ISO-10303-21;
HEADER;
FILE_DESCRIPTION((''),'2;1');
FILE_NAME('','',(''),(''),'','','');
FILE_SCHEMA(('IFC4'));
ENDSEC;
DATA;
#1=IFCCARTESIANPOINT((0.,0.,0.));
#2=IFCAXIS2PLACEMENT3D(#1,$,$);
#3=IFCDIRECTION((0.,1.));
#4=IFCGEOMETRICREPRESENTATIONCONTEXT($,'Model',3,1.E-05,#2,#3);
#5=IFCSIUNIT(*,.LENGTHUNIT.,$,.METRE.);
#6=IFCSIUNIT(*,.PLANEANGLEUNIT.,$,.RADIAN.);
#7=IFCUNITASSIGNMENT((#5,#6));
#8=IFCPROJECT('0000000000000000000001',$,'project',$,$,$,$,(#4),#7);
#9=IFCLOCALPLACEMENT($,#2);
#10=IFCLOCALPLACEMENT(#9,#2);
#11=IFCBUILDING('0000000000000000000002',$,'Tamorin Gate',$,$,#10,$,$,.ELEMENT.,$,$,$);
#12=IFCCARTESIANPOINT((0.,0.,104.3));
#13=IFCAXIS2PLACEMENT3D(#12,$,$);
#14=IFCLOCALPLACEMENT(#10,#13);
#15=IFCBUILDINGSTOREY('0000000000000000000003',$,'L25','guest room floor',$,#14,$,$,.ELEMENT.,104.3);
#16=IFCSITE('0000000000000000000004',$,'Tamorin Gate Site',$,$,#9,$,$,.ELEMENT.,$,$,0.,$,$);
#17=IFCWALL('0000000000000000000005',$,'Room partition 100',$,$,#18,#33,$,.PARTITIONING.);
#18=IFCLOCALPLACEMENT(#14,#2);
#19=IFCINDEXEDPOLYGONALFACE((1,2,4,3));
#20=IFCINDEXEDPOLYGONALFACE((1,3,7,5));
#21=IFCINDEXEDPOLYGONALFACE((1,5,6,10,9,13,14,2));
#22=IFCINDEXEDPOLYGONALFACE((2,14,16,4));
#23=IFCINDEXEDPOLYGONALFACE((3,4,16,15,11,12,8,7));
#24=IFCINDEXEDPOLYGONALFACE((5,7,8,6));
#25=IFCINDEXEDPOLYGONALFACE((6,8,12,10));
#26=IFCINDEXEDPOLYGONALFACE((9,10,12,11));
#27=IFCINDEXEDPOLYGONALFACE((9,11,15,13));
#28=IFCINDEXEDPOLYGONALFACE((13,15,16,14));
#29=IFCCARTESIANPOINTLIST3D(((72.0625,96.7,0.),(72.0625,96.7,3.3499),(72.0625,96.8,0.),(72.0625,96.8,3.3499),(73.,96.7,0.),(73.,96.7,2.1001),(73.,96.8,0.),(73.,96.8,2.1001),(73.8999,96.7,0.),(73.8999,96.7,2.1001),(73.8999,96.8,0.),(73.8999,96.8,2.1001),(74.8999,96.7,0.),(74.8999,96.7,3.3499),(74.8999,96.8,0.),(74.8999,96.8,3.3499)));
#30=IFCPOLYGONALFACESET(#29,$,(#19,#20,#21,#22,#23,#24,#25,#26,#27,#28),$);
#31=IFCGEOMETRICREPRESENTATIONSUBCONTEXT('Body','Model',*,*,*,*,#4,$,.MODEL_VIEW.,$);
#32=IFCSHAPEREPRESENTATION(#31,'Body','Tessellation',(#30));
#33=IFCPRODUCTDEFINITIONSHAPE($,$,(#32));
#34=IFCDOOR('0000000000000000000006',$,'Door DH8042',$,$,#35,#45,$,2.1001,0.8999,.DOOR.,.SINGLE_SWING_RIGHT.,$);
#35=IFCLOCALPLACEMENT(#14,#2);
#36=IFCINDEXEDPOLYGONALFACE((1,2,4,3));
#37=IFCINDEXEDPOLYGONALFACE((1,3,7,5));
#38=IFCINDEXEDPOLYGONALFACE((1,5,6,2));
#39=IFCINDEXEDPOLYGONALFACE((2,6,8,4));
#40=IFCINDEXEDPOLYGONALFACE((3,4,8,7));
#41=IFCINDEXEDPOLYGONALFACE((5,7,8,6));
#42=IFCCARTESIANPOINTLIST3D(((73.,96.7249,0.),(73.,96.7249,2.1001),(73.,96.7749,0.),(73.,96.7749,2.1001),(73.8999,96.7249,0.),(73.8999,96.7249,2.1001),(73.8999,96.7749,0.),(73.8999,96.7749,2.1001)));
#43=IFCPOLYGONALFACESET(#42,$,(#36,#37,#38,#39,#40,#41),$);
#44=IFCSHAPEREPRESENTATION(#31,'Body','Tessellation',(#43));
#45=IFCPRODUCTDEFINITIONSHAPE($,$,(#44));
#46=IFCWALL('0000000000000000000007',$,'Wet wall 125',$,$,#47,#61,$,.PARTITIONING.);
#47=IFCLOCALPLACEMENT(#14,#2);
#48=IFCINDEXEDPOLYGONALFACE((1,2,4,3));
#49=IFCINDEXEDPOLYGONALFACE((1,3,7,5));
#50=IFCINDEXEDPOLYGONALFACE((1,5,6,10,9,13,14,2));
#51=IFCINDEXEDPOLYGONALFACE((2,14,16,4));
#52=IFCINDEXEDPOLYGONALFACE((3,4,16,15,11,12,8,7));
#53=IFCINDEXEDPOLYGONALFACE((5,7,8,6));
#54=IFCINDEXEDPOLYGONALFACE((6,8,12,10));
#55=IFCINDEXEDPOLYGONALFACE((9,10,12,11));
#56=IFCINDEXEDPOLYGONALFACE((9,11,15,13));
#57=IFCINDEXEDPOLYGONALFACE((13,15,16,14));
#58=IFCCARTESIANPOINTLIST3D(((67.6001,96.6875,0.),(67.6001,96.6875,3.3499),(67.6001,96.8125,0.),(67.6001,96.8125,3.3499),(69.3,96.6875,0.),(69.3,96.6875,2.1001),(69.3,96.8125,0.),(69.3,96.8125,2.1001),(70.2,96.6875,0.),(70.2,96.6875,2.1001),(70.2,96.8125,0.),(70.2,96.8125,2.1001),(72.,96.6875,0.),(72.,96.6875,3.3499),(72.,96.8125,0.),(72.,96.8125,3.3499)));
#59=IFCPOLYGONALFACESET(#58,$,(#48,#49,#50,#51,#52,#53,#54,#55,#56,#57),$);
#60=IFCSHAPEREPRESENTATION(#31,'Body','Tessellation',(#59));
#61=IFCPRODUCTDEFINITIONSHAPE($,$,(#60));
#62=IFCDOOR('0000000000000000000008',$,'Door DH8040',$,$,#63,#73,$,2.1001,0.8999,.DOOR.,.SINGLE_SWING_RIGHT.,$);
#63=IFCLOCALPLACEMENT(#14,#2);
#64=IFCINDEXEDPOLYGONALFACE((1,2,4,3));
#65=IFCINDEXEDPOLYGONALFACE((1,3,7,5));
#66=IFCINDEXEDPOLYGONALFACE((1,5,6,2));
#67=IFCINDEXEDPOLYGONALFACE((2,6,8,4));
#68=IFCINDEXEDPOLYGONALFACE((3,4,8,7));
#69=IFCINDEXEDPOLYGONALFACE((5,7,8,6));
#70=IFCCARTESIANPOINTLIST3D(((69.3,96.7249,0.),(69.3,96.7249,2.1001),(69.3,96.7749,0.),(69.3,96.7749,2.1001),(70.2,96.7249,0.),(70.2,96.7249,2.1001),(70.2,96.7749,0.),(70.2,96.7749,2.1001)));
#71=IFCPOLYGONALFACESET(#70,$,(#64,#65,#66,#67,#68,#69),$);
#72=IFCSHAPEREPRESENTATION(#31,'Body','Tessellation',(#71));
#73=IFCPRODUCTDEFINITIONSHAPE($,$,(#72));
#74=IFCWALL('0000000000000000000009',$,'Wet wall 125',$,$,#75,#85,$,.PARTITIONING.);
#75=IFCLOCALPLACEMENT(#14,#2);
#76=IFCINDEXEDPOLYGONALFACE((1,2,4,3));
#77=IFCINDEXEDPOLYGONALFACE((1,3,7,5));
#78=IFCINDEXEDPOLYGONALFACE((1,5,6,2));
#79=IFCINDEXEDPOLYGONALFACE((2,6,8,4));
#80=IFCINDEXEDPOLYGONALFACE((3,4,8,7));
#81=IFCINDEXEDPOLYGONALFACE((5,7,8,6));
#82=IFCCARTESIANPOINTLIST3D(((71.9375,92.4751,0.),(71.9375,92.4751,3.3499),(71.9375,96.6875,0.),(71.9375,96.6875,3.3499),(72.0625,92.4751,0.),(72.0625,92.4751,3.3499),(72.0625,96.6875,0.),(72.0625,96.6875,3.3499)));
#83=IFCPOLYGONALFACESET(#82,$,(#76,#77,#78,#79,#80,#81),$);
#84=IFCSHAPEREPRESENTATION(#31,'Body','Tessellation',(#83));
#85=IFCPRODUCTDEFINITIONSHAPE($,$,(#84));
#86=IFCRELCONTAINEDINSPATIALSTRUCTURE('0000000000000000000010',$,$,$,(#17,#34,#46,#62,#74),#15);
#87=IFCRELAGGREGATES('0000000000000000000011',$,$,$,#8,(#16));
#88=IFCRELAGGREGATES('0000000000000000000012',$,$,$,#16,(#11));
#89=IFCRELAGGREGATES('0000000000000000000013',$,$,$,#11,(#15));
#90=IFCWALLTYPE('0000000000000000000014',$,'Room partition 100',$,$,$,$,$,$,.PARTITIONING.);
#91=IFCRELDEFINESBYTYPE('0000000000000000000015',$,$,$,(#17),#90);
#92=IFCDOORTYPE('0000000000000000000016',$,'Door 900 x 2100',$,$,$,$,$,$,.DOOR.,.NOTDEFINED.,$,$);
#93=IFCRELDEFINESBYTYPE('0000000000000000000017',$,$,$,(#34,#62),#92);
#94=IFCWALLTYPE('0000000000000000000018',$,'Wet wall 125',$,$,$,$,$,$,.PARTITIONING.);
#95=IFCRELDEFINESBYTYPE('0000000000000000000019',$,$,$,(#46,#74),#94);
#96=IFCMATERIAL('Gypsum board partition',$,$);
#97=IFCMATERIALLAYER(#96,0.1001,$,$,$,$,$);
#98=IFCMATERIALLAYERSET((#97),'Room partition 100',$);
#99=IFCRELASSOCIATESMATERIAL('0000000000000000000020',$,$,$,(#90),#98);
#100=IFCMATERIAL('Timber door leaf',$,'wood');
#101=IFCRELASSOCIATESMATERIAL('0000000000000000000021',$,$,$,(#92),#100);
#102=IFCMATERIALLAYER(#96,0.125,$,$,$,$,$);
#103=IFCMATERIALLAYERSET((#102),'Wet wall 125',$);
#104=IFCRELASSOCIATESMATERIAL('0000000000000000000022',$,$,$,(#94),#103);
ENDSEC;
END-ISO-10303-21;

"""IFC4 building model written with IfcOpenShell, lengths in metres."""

from ifc_helpers import new_model, si_unit, direction, frame, frame_2d, origin, place, context, subcontext, project, spatial, rectangle, extrude, material, layer, layer_set, type_object, element, fill, save


model = new_model("IFC4")

# Units and contexts
model_context = context("Model", 3, precision=1e-05, world=origin(), true_north=direction((0.0, 1.0)))
body_context = subcontext(model_context, "Body", "Model", "MODEL_VIEW")
ifc_project = project(units=[si_unit("LENGTHUNIT", "METRE"), si_unit("PLANEANGLEUNIT", "RADIAN")], contexts=[model_context])

# Site, building, storey
site_placement = place(None, origin())
site = spatial("IfcSite", under=ifc_project, at=site_placement, Name="Tamorin Gate Site", CompositionType="ELEMENT", RefElevation=0.0)
building_placement = place(site_placement, origin())
building = spatial("IfcBuilding", under=site, at=building_placement, Name="Tamorin Gate", CompositionType="ELEMENT")
storey_placement = place(building_placement, frame((0.0, 0.0, 104.3)))
storey = spatial("IfcBuildingStorey", under=building, at=storey_placement, Name="L25", Description="guest room floor", CompositionType="ELEMENT", Elevation=104.3)

# Shared definitions
ifc_material_1 = material(Name="Gypsum board partition")

# Walls, openings, doors
ifc_layer_1 = layer(ifc_material_1, 0.1001)
ifc_layer_set_1 = layer_set([ifc_layer_1], Name="Room partition 100")
wall_type_1 = type_object("IfcWallType", Name="Room partition 100", PredefinedType="PARTITIONING", material=ifc_layer_set_1)
wall_1_placement = place(storey_placement, frame((72.0625, 96.75, 0.0), z_axis=(0.0, 0.0, 1.0), x_axis=(1.0, 0.0, 0.0)))
wall_1 = element("IfcWall", 1, at=wall_1_placement, inside=storey, type_object=wall_type_1, Name="Room partition 100", PredefinedType="PARTITIONING", context=body_context, shape_type="SweptSolid", body=[
    extrude(rectangle(XDim=2.8374, YDim=0.1001, at=frame_2d((1.4187, 0.0))), origin(), (0.0, 0.0, 1.0), 3.3499),
])
opening_1_placement = place(wall_1_placement, frame((0.9375, 0.0, 0.0)))
opening_1 = element("IfcOpeningElement", 2, at=opening_1_placement, cuts=wall_1, PredefinedType="OPENING", context=body_context, shape_type="SweptSolid", body=[
    extrude(rectangle(XDim=0.8999, YDim=2.1001, at=frame_2d((0.45, 1.05))), frame((0.0, 0.0601, 0.0), z_axis=(0.0, -1.0, 0.0), x_axis=(1.0, 0.0, 0.0)), (0.0, 0.0, 1.0), 0.1201),
])
ifc_material_2 = material(Name="Timber door leaf", Category="wood")
door_type = type_object("IfcDoorType", Name="Door 900 x 2100", OperationType="NOTDEFINED", PredefinedType="DOOR", material=ifc_material_2)
door_1_placement = place(opening_1_placement, origin())
door_1 = element("IfcDoor", 3, at=door_1_placement, inside=storey, type_object=door_type, Name="Door DH8042", OperationType="SINGLE_SWING_RIGHT", OverallHeight=2.1001, OverallWidth=0.8999, PredefinedType="DOOR", context=body_context, shape_type="SweptSolid", body=[
    extrude(rectangle(XDim=0.8999, YDim=2.1001, at=frame_2d((0.45, 1.05))), frame((0.0, 0.0249, 0.0), z_axis=(0.0, -1.0, 0.0), x_axis=(1.0, 0.0, 0.0)), (0.0, 0.0, 1.0), 0.05),
])
fill(opening_1, door_1)
ifc_layer_2 = layer(ifc_material_1, 0.125)
ifc_layer_set_2 = layer_set([ifc_layer_2], Name="Wet wall 125")
wall_type_2 = type_object("IfcWallType", Name="Wet wall 125", PredefinedType="PARTITIONING", material=ifc_layer_set_2)
wall_2_placement = place(storey_placement, frame((67.6001, 96.75, 0.0), z_axis=(0.0, 0.0, 1.0), x_axis=(1.0, 0.0, 0.0)))
wall_2 = element("IfcWall", 4, at=wall_2_placement, inside=storey, type_object=wall_type_2, Name="Wet wall 125", PredefinedType="PARTITIONING", context=body_context, shape_type="SweptSolid", body=[
    extrude(rectangle(XDim=4.3999, YDim=0.125, at=frame_2d((2.2, 0.0))), origin(), (0.0, 0.0, 1.0), 3.3499),
])
opening_2_placement = place(wall_2_placement, frame((1.7, 0.0, 0.0)))
opening_2 = element("IfcOpeningElement", 5, at=opening_2_placement, cuts=wall_2, PredefinedType="OPENING", context=body_context, shape_type="SweptSolid", body=[
    extrude(rectangle(XDim=0.8999, YDim=2.1001, at=frame_2d((0.45, 1.05))), frame((0.0, 0.0725, 0.0), z_axis=(0.0, -1.0, 0.0), x_axis=(1.0, 0.0, 0.0)), (0.0, 0.0, 1.0), 0.145),
])
door_2_placement = place(opening_2_placement, origin())
door_2 = element("IfcDoor", 6, at=door_2_placement, inside=storey, type_object=door_type, Name="Door DH8040", OperationType="SINGLE_SWING_RIGHT", OverallHeight=2.1001, OverallWidth=0.8999, PredefinedType="DOOR", context=body_context, shape_type="SweptSolid", body=[
    extrude(rectangle(XDim=0.8999, YDim=2.1001, at=frame_2d((0.45, 1.05))), frame((0.0, 0.0249, 0.0), z_axis=(0.0, -1.0, 0.0), x_axis=(1.0, 0.0, 0.0)), (0.0, 0.0, 1.0), 0.05),
])
fill(opening_2, door_2)

# Wall
wall_3_placement = place(storey_placement, frame((72.0, 92.4751, 0.0), z_axis=(0.0, 0.0, 1.0), x_axis=(0.0, 1.0, 0.0)))
element("IfcWall", 7, at=wall_3_placement, inside=storey, type_object=wall_type_2, Name="Wet wall 125", PredefinedType="PARTITIONING", context=body_context, shape_type="SweptSolid", body=[
    extrude(rectangle(XDim=4.2124, YDim=0.125, at=frame_2d((2.1062, 0.0))), origin(), (0.0, 0.0, 1.0), 3.3499),
])

save(model, "model.ifc")
